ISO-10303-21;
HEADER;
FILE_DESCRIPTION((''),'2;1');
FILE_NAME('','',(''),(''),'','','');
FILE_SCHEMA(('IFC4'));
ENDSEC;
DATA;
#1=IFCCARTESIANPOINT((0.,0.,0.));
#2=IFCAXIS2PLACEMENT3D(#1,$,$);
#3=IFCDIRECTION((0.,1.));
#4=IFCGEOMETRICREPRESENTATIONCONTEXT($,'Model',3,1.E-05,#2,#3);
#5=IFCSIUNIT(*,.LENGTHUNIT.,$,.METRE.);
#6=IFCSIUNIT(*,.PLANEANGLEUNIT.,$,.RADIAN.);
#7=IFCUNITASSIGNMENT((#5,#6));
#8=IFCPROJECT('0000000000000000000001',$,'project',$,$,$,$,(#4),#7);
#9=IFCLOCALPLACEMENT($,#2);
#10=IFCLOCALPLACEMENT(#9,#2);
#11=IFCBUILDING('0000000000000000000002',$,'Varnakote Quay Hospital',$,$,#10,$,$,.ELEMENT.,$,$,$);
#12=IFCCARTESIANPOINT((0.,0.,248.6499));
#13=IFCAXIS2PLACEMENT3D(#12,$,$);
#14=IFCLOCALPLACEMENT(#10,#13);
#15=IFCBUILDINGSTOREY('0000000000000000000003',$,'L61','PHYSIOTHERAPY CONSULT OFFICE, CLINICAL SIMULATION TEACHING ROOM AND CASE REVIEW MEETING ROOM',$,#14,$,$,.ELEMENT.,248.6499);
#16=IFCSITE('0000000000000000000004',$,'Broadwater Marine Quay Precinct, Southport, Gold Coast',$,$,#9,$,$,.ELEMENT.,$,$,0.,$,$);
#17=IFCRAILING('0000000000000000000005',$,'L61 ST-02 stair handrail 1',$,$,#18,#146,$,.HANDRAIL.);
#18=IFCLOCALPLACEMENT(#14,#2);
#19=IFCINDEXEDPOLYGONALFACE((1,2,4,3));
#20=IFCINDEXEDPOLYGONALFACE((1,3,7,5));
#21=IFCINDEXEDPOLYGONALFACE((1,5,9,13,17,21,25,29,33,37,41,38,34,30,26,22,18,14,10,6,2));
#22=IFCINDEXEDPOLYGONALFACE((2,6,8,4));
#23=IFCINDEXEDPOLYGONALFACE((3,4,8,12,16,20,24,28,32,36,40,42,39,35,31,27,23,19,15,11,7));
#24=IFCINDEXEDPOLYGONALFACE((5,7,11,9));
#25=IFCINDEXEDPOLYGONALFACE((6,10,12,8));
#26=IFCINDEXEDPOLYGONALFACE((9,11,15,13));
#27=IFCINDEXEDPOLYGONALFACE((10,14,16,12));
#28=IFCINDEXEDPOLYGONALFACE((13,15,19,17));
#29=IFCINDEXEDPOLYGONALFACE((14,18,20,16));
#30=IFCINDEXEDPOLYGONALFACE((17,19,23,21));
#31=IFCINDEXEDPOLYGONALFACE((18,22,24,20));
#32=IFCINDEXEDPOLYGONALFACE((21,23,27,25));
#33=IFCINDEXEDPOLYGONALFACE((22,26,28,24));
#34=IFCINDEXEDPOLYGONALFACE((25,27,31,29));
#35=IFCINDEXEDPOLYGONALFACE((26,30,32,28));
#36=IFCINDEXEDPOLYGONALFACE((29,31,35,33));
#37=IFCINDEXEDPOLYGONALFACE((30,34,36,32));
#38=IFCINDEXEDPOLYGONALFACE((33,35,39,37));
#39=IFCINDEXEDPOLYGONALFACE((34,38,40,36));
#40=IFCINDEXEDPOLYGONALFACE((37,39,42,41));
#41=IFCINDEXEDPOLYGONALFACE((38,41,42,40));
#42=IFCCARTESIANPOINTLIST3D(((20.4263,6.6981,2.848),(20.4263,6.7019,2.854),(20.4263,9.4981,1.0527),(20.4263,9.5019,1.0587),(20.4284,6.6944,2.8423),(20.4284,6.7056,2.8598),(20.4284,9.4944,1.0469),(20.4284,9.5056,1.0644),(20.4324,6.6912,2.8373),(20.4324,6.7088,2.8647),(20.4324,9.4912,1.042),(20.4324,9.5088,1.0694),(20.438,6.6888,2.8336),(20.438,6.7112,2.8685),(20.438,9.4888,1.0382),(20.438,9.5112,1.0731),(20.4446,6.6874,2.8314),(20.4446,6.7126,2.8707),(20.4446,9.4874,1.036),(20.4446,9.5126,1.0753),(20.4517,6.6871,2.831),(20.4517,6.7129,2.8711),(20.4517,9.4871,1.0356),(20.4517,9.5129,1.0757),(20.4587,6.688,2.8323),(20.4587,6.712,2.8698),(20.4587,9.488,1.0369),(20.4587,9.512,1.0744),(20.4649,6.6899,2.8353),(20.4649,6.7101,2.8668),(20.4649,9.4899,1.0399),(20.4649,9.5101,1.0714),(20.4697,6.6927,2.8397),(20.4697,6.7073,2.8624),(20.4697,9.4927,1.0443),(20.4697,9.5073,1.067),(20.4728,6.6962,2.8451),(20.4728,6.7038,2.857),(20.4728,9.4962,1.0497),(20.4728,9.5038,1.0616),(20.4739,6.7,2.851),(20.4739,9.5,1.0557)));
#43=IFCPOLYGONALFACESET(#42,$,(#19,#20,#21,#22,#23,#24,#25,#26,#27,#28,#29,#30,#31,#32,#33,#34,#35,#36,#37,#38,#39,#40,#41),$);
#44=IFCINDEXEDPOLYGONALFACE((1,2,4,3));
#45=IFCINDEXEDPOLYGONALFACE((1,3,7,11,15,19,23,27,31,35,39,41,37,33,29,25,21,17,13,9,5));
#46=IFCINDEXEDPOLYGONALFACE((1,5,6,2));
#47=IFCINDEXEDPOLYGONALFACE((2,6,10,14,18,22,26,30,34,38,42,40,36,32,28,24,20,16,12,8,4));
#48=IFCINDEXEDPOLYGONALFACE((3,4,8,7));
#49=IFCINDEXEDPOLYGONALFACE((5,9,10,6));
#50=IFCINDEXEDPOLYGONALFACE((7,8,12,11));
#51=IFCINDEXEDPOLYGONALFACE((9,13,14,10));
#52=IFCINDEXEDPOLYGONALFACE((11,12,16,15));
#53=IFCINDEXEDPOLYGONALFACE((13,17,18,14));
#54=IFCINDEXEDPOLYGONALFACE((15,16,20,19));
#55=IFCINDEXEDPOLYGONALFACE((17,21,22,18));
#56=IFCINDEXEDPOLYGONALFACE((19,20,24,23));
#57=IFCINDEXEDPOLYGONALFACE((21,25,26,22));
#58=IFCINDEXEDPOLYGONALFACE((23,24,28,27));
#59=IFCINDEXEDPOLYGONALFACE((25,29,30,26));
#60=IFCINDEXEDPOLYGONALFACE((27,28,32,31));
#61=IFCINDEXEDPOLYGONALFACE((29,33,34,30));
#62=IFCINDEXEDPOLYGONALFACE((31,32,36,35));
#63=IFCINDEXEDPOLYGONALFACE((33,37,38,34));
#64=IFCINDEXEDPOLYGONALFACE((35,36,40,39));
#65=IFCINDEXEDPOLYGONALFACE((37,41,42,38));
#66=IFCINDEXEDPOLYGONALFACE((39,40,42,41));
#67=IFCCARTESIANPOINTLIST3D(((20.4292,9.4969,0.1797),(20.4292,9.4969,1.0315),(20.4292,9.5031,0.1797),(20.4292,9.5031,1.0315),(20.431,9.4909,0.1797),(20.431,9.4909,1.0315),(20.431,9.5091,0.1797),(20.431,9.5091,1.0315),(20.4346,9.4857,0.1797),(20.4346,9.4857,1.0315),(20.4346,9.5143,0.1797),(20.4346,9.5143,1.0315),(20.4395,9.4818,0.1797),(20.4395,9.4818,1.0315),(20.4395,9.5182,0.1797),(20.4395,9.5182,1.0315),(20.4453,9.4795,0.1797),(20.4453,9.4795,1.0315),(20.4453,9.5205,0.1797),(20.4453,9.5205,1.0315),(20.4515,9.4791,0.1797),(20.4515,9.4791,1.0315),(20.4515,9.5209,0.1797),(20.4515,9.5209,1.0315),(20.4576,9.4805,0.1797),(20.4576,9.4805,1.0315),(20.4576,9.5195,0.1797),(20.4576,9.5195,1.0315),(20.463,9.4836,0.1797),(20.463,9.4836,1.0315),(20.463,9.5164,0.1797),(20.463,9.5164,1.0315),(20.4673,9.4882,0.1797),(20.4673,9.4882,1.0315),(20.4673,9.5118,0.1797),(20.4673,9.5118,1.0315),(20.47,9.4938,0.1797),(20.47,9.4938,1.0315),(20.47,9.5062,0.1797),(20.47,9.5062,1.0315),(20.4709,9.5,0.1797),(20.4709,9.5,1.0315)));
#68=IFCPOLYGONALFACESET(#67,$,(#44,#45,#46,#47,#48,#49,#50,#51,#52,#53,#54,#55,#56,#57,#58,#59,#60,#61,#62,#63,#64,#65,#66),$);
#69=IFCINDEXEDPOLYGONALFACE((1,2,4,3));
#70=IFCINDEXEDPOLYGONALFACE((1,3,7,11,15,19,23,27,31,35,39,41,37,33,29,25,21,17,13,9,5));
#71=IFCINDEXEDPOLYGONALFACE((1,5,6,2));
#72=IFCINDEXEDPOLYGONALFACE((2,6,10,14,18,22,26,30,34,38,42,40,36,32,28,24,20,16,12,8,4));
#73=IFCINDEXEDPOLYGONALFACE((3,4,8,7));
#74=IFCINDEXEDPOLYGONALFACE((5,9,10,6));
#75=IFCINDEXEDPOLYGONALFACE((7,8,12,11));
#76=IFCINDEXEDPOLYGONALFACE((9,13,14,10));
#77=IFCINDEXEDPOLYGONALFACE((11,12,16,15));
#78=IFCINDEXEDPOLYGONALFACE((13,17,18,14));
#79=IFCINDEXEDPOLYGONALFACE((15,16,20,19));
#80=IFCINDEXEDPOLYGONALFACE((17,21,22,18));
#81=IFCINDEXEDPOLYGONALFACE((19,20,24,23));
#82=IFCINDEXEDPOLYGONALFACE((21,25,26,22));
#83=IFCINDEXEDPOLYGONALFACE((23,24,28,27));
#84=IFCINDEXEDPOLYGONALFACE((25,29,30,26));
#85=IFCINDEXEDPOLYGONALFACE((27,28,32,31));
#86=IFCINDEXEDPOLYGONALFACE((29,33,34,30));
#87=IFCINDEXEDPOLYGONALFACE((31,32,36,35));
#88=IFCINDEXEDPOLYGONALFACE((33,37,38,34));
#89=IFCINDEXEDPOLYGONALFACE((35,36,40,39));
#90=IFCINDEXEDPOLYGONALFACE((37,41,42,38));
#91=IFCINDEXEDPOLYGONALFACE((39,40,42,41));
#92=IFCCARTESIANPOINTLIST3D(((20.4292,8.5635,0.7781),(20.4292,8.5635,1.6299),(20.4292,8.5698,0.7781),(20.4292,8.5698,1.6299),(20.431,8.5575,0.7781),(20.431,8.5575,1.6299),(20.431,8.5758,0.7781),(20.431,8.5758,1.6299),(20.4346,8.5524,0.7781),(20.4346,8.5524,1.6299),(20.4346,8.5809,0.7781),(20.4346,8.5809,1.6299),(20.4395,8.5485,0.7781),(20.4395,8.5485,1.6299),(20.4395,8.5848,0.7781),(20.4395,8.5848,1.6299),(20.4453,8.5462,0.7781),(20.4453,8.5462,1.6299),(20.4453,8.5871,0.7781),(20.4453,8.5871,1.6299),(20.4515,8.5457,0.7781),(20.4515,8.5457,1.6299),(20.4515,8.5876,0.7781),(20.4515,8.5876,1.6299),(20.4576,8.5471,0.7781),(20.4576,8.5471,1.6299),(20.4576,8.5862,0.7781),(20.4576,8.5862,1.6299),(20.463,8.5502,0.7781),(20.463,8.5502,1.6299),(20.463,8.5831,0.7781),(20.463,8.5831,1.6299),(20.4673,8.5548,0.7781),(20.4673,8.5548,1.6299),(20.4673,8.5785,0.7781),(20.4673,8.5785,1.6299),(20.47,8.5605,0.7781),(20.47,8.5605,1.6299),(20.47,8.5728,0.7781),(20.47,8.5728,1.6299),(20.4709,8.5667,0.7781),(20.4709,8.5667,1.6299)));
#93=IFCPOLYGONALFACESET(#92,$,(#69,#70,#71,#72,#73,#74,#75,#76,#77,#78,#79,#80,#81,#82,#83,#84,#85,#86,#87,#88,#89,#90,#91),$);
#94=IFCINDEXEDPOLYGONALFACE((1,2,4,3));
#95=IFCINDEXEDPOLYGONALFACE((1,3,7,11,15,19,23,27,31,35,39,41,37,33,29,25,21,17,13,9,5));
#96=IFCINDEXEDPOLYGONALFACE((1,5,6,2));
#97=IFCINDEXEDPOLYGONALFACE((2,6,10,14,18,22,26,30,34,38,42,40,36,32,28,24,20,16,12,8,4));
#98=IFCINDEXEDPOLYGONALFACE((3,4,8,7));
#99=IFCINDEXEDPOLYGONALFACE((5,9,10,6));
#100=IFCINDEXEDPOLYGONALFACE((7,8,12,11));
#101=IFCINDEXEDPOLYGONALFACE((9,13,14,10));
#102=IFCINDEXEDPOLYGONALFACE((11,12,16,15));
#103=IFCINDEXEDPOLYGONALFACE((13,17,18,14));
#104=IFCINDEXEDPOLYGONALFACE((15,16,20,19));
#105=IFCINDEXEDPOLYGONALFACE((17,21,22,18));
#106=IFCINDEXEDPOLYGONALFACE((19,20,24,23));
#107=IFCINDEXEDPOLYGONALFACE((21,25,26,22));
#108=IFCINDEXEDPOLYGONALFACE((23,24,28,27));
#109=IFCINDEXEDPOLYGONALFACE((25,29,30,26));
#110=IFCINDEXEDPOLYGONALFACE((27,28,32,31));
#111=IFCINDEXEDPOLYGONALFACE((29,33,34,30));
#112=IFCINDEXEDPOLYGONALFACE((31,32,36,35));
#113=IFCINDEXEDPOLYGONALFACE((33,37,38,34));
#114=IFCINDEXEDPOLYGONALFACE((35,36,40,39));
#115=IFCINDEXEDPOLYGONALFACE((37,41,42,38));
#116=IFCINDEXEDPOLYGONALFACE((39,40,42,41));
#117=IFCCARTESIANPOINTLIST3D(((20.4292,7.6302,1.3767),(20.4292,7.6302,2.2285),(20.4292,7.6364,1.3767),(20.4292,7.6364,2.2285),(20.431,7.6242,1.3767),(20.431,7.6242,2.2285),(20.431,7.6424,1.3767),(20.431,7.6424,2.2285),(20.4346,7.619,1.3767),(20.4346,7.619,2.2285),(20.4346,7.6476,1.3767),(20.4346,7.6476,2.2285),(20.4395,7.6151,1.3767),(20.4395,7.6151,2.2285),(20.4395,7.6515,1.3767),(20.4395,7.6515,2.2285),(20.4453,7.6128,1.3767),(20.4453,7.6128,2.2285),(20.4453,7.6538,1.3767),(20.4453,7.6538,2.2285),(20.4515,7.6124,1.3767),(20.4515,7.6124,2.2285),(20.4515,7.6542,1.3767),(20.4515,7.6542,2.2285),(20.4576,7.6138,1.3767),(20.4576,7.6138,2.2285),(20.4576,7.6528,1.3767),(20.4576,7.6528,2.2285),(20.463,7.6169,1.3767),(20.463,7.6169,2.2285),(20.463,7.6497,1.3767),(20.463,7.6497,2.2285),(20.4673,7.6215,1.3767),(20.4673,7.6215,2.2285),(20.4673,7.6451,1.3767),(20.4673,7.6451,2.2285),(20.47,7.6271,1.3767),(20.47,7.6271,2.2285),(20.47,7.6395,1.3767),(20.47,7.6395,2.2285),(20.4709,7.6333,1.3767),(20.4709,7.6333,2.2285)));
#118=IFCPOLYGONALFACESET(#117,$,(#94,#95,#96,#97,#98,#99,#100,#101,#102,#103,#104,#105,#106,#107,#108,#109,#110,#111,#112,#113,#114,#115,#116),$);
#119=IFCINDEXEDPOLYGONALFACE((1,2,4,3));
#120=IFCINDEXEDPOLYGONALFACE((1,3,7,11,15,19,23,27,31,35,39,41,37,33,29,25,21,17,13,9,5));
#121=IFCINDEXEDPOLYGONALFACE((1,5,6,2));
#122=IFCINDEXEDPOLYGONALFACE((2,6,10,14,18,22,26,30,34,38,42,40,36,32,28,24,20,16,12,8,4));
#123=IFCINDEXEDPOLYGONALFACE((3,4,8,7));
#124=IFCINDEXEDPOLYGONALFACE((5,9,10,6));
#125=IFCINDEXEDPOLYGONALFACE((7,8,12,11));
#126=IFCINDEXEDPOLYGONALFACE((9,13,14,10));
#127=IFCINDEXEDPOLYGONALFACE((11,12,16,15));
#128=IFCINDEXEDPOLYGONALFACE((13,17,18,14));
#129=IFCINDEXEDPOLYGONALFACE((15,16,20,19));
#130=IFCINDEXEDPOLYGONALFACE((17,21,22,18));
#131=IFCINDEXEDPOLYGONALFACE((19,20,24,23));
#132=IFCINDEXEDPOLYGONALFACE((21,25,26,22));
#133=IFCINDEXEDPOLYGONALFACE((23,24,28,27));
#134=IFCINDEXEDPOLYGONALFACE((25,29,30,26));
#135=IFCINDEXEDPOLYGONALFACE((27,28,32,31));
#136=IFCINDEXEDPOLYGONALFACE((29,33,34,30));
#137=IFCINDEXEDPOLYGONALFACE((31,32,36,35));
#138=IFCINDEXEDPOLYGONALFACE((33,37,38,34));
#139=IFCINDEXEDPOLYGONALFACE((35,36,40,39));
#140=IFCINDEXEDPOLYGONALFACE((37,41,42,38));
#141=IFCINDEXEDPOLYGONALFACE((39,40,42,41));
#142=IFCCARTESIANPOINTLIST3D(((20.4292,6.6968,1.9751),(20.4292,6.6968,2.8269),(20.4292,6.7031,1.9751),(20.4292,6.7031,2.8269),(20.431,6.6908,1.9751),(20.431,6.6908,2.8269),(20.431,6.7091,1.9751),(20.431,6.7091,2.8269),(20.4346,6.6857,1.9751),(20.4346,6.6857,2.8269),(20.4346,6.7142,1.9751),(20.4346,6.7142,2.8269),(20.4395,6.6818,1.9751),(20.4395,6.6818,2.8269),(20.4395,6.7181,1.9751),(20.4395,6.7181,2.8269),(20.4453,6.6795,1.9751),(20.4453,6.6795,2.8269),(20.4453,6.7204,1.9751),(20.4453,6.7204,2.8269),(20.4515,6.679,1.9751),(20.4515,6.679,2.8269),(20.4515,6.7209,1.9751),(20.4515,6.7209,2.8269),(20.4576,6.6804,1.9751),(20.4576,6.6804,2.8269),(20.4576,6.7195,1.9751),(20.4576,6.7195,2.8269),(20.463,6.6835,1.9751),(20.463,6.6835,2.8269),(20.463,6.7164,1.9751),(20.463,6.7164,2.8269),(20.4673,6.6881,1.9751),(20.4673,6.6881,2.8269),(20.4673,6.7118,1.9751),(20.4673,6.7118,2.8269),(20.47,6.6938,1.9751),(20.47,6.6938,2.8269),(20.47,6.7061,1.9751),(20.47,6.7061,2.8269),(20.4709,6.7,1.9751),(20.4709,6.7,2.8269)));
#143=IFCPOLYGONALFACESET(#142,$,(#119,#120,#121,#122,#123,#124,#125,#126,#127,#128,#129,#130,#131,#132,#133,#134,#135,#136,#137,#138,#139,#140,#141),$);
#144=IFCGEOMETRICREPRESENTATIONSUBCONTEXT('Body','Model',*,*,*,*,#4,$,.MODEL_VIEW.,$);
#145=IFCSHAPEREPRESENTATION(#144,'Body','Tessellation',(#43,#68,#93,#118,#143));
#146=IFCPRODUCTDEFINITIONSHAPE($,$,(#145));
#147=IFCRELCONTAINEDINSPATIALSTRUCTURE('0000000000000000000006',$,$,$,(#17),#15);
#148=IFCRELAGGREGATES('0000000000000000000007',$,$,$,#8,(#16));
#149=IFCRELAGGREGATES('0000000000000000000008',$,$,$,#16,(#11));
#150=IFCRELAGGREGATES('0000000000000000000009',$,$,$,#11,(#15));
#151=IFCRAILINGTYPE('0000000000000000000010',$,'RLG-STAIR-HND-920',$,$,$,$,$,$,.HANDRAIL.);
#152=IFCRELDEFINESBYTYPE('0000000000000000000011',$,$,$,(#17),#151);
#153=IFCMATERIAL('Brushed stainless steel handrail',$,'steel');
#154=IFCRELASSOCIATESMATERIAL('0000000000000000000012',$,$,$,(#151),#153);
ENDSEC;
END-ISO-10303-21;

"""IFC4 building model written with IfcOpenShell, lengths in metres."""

from ifc_helpers import new_model, si_unit, direction, frame, origin, origin_2d, place, context, subcontext, project, spatial, circle, extrude, material, type_object, element, save


model = new_model("IFC4")

# Units and contexts
model_context = context("Model", 3, precision=1e-05, world=origin(), true_north=direction((0.0, 1.0)))
body_context = subcontext(model_context, "Body", "Model", "MODEL_VIEW")
ifc_project = project(units=[si_unit("LENGTHUNIT", "METRE"), si_unit("PLANEANGLEUNIT", "RADIAN")], contexts=[model_context])

# Site, building, storey
site_placement = place(None, origin())
site = spatial("IfcSite", under=ifc_project, at=site_placement, Name="Broadwater Marine Quay Precinct, Southport, Gold Coast", CompositionType="ELEMENT", RefElevation=0.0)
building_placement = place(site_placement, origin())
building = spatial("IfcBuilding", under=site, at=building_placement, Name="Varnakote Quay Hospital", CompositionType="ELEMENT")
storey_placement = place(building_placement, frame((0.0, 0.0, 248.6499)))
storey = spatial("IfcBuildingStorey", under=building, at=storey_placement, Name="L61", Description="PHYSIOTHERAPY CONSULT OFFICE, CLINICAL SIMULATION TEACHING ROOM AND CASE REVIEW MEETING ROOM", CompositionType="ELEMENT", Elevation=248.6499)

# Railing
ifc_material_1 = material(Name="Brushed stainless steel handrail", Category="steel")
railing_type_1 = type_object("IfcRailingType", Name="RLG-STAIR-HND-920", PredefinedType="HANDRAIL", material=ifc_material_1)
railing_1_placement = place(storey_placement, frame((20.45, 9.5, 0.1797)))
element("IfcRailing", 1, at=railing_1_placement, inside=storey, type_object=railing_type_1, Name="L61 ST-02 stair handrail 1", PredefinedType="HANDRAIL", context=body_context, shape_type="SweptSolid", body=[
    extrude(circle(Radius=0.0239, at=origin_2d()), frame((0.0, 0.0, 0.876), z_axis=(0.0, -0.84181, 0.539774), x_axis=(1.0, 0.0, 0.0)), (0.0, 0.0, 1.0), 3.3262),
    extrude(circle(Radius=0.021, at=origin_2d()), origin(), (0.0, 0.0, 1.0), 0.8518),
    extrude(circle(Radius=0.021, at=origin_2d()), frame((0.0, -0.9333, 0.5984)), (0.0, 0.0, 1.0), 0.8518),
    extrude(circle(Radius=0.021, at=origin_2d()), frame((0.0, -1.8667, 1.197)), (0.0, 0.0, 1.0), 0.8518),
    extrude(circle(Radius=0.021, at=origin_2d()), frame((0.0, -2.8, 1.7954)), (0.0, 0.0, 1.0), 0.8518),
])

save(model, "model.ifc")
